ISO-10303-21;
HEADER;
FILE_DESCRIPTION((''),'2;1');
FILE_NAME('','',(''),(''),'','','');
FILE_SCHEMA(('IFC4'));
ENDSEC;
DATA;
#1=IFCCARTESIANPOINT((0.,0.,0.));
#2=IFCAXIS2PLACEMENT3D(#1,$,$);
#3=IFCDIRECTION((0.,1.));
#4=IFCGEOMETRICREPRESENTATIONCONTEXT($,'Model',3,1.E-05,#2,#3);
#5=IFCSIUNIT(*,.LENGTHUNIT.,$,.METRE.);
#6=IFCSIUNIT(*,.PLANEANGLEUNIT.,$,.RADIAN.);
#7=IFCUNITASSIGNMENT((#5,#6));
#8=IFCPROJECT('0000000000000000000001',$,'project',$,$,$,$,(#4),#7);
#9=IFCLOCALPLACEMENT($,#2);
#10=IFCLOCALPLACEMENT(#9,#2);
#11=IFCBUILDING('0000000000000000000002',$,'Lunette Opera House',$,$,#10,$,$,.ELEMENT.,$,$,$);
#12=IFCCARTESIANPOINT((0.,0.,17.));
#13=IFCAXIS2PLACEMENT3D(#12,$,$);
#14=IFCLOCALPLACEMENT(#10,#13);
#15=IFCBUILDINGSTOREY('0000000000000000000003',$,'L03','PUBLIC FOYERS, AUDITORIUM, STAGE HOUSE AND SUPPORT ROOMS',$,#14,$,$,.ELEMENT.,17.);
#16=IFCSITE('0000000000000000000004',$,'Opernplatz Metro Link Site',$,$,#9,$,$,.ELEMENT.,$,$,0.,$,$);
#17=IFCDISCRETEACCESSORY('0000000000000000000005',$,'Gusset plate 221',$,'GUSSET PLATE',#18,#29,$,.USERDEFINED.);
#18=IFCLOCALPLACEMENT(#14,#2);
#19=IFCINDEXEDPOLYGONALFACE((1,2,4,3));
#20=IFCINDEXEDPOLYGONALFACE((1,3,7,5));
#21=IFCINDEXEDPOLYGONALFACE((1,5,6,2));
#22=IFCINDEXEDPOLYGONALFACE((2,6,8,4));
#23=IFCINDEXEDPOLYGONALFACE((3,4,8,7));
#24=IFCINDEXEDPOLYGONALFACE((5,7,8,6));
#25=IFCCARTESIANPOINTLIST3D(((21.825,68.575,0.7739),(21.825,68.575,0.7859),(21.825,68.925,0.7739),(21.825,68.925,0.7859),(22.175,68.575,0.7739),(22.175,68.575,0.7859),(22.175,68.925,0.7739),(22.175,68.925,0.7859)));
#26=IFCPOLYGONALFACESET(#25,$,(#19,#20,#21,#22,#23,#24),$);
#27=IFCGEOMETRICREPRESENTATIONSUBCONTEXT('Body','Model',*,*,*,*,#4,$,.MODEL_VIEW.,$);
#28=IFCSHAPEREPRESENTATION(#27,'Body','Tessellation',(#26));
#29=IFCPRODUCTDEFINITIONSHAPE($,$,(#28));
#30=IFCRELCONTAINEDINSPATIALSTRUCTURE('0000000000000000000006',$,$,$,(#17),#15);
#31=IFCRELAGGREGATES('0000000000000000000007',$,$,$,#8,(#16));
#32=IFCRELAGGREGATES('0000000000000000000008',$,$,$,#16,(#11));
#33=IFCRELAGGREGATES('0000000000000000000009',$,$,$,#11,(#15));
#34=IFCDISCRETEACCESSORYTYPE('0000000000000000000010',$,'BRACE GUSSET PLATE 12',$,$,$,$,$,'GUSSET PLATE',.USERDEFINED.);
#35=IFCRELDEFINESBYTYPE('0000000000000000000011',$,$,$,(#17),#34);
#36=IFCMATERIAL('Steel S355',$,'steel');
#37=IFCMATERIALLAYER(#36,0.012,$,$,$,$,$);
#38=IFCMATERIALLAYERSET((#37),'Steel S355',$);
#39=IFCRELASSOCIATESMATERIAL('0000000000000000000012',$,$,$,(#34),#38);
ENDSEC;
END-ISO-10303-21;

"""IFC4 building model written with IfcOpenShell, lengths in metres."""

from ifc_helpers import new_model, si_unit, direction, frame, origin, origin_2d, place, context, subcontext, project, spatial, rectangle, extrude, material, layer, layer_set, type_object, element, save


model = new_model("IFC4")

# Units and contexts
model_context = context("Model", 3, precision=1e-05, world=origin(), true_north=direction((0.0, 1.0)))
body_context = subcontext(model_context, "Body", "Model", "MODEL_VIEW")
ifc_project = project(units=[si_unit("LENGTHUNIT", "METRE"), si_unit("PLANEANGLEUNIT", "RADIAN")], contexts=[model_context])

# Site, building, storey
site_placement = place(None, origin())
site = spatial("IfcSite", under=ifc_project, at=site_placement, Name="Opernplatz Metro Link Site", CompositionType="ELEMENT", RefElevation=0.0)
building_placement = place(site_placement, origin())
building = spatial("IfcBuilding", under=site, at=building_placement, Name="Lunette Opera House", CompositionType="ELEMENT")
storey_placement = place(building_placement, frame((0.0, 0.0, 17.0)))
storey = spatial("IfcBuildingStorey", under=building, at=storey_placement, Name="L03", Description="PUBLIC FOYERS, AUDITORIUM, STAGE HOUSE AND SUPPORT ROOMS", CompositionType="ELEMENT", Elevation=17.0)

# Discrete accessory
ifc_material_1 = material(Name="Steel S355", Category="steel")
ifc_layer = layer(ifc_material_1, 0.012)
ifc_layer_set = layer_set([ifc_layer], Name="Steel S355")
discrete_accessory_type = type_object("IfcDiscreteAccessoryType", Name="BRACE GUSSET PLATE 12", ElementType="GUSSET PLATE", PredefinedType="USERDEFINED", material=ifc_layer_set)
discrete_accessory_1_placement = place(storey_placement, frame((22.0, 68.75, 0.7739), z_axis=(0.0, 0.0, 1.0), x_axis=(0.0, 1.0, 0.0)))
element("IfcDiscreteAccessory", 1, at=discrete_accessory_1_placement, inside=storey, type_object=discrete_accessory_type, Name="Gusset plate 221", ObjectType="GUSSET PLATE", PredefinedType="USERDEFINED", context=body_context, shape_type="SweptSolid", body=[
    extrude(rectangle(XDim=0.3501, YDim=0.3501, at=origin_2d()), origin(), (0.0, 0.0, 1.0), 0.012),
])

save(model, "model.ifc")
